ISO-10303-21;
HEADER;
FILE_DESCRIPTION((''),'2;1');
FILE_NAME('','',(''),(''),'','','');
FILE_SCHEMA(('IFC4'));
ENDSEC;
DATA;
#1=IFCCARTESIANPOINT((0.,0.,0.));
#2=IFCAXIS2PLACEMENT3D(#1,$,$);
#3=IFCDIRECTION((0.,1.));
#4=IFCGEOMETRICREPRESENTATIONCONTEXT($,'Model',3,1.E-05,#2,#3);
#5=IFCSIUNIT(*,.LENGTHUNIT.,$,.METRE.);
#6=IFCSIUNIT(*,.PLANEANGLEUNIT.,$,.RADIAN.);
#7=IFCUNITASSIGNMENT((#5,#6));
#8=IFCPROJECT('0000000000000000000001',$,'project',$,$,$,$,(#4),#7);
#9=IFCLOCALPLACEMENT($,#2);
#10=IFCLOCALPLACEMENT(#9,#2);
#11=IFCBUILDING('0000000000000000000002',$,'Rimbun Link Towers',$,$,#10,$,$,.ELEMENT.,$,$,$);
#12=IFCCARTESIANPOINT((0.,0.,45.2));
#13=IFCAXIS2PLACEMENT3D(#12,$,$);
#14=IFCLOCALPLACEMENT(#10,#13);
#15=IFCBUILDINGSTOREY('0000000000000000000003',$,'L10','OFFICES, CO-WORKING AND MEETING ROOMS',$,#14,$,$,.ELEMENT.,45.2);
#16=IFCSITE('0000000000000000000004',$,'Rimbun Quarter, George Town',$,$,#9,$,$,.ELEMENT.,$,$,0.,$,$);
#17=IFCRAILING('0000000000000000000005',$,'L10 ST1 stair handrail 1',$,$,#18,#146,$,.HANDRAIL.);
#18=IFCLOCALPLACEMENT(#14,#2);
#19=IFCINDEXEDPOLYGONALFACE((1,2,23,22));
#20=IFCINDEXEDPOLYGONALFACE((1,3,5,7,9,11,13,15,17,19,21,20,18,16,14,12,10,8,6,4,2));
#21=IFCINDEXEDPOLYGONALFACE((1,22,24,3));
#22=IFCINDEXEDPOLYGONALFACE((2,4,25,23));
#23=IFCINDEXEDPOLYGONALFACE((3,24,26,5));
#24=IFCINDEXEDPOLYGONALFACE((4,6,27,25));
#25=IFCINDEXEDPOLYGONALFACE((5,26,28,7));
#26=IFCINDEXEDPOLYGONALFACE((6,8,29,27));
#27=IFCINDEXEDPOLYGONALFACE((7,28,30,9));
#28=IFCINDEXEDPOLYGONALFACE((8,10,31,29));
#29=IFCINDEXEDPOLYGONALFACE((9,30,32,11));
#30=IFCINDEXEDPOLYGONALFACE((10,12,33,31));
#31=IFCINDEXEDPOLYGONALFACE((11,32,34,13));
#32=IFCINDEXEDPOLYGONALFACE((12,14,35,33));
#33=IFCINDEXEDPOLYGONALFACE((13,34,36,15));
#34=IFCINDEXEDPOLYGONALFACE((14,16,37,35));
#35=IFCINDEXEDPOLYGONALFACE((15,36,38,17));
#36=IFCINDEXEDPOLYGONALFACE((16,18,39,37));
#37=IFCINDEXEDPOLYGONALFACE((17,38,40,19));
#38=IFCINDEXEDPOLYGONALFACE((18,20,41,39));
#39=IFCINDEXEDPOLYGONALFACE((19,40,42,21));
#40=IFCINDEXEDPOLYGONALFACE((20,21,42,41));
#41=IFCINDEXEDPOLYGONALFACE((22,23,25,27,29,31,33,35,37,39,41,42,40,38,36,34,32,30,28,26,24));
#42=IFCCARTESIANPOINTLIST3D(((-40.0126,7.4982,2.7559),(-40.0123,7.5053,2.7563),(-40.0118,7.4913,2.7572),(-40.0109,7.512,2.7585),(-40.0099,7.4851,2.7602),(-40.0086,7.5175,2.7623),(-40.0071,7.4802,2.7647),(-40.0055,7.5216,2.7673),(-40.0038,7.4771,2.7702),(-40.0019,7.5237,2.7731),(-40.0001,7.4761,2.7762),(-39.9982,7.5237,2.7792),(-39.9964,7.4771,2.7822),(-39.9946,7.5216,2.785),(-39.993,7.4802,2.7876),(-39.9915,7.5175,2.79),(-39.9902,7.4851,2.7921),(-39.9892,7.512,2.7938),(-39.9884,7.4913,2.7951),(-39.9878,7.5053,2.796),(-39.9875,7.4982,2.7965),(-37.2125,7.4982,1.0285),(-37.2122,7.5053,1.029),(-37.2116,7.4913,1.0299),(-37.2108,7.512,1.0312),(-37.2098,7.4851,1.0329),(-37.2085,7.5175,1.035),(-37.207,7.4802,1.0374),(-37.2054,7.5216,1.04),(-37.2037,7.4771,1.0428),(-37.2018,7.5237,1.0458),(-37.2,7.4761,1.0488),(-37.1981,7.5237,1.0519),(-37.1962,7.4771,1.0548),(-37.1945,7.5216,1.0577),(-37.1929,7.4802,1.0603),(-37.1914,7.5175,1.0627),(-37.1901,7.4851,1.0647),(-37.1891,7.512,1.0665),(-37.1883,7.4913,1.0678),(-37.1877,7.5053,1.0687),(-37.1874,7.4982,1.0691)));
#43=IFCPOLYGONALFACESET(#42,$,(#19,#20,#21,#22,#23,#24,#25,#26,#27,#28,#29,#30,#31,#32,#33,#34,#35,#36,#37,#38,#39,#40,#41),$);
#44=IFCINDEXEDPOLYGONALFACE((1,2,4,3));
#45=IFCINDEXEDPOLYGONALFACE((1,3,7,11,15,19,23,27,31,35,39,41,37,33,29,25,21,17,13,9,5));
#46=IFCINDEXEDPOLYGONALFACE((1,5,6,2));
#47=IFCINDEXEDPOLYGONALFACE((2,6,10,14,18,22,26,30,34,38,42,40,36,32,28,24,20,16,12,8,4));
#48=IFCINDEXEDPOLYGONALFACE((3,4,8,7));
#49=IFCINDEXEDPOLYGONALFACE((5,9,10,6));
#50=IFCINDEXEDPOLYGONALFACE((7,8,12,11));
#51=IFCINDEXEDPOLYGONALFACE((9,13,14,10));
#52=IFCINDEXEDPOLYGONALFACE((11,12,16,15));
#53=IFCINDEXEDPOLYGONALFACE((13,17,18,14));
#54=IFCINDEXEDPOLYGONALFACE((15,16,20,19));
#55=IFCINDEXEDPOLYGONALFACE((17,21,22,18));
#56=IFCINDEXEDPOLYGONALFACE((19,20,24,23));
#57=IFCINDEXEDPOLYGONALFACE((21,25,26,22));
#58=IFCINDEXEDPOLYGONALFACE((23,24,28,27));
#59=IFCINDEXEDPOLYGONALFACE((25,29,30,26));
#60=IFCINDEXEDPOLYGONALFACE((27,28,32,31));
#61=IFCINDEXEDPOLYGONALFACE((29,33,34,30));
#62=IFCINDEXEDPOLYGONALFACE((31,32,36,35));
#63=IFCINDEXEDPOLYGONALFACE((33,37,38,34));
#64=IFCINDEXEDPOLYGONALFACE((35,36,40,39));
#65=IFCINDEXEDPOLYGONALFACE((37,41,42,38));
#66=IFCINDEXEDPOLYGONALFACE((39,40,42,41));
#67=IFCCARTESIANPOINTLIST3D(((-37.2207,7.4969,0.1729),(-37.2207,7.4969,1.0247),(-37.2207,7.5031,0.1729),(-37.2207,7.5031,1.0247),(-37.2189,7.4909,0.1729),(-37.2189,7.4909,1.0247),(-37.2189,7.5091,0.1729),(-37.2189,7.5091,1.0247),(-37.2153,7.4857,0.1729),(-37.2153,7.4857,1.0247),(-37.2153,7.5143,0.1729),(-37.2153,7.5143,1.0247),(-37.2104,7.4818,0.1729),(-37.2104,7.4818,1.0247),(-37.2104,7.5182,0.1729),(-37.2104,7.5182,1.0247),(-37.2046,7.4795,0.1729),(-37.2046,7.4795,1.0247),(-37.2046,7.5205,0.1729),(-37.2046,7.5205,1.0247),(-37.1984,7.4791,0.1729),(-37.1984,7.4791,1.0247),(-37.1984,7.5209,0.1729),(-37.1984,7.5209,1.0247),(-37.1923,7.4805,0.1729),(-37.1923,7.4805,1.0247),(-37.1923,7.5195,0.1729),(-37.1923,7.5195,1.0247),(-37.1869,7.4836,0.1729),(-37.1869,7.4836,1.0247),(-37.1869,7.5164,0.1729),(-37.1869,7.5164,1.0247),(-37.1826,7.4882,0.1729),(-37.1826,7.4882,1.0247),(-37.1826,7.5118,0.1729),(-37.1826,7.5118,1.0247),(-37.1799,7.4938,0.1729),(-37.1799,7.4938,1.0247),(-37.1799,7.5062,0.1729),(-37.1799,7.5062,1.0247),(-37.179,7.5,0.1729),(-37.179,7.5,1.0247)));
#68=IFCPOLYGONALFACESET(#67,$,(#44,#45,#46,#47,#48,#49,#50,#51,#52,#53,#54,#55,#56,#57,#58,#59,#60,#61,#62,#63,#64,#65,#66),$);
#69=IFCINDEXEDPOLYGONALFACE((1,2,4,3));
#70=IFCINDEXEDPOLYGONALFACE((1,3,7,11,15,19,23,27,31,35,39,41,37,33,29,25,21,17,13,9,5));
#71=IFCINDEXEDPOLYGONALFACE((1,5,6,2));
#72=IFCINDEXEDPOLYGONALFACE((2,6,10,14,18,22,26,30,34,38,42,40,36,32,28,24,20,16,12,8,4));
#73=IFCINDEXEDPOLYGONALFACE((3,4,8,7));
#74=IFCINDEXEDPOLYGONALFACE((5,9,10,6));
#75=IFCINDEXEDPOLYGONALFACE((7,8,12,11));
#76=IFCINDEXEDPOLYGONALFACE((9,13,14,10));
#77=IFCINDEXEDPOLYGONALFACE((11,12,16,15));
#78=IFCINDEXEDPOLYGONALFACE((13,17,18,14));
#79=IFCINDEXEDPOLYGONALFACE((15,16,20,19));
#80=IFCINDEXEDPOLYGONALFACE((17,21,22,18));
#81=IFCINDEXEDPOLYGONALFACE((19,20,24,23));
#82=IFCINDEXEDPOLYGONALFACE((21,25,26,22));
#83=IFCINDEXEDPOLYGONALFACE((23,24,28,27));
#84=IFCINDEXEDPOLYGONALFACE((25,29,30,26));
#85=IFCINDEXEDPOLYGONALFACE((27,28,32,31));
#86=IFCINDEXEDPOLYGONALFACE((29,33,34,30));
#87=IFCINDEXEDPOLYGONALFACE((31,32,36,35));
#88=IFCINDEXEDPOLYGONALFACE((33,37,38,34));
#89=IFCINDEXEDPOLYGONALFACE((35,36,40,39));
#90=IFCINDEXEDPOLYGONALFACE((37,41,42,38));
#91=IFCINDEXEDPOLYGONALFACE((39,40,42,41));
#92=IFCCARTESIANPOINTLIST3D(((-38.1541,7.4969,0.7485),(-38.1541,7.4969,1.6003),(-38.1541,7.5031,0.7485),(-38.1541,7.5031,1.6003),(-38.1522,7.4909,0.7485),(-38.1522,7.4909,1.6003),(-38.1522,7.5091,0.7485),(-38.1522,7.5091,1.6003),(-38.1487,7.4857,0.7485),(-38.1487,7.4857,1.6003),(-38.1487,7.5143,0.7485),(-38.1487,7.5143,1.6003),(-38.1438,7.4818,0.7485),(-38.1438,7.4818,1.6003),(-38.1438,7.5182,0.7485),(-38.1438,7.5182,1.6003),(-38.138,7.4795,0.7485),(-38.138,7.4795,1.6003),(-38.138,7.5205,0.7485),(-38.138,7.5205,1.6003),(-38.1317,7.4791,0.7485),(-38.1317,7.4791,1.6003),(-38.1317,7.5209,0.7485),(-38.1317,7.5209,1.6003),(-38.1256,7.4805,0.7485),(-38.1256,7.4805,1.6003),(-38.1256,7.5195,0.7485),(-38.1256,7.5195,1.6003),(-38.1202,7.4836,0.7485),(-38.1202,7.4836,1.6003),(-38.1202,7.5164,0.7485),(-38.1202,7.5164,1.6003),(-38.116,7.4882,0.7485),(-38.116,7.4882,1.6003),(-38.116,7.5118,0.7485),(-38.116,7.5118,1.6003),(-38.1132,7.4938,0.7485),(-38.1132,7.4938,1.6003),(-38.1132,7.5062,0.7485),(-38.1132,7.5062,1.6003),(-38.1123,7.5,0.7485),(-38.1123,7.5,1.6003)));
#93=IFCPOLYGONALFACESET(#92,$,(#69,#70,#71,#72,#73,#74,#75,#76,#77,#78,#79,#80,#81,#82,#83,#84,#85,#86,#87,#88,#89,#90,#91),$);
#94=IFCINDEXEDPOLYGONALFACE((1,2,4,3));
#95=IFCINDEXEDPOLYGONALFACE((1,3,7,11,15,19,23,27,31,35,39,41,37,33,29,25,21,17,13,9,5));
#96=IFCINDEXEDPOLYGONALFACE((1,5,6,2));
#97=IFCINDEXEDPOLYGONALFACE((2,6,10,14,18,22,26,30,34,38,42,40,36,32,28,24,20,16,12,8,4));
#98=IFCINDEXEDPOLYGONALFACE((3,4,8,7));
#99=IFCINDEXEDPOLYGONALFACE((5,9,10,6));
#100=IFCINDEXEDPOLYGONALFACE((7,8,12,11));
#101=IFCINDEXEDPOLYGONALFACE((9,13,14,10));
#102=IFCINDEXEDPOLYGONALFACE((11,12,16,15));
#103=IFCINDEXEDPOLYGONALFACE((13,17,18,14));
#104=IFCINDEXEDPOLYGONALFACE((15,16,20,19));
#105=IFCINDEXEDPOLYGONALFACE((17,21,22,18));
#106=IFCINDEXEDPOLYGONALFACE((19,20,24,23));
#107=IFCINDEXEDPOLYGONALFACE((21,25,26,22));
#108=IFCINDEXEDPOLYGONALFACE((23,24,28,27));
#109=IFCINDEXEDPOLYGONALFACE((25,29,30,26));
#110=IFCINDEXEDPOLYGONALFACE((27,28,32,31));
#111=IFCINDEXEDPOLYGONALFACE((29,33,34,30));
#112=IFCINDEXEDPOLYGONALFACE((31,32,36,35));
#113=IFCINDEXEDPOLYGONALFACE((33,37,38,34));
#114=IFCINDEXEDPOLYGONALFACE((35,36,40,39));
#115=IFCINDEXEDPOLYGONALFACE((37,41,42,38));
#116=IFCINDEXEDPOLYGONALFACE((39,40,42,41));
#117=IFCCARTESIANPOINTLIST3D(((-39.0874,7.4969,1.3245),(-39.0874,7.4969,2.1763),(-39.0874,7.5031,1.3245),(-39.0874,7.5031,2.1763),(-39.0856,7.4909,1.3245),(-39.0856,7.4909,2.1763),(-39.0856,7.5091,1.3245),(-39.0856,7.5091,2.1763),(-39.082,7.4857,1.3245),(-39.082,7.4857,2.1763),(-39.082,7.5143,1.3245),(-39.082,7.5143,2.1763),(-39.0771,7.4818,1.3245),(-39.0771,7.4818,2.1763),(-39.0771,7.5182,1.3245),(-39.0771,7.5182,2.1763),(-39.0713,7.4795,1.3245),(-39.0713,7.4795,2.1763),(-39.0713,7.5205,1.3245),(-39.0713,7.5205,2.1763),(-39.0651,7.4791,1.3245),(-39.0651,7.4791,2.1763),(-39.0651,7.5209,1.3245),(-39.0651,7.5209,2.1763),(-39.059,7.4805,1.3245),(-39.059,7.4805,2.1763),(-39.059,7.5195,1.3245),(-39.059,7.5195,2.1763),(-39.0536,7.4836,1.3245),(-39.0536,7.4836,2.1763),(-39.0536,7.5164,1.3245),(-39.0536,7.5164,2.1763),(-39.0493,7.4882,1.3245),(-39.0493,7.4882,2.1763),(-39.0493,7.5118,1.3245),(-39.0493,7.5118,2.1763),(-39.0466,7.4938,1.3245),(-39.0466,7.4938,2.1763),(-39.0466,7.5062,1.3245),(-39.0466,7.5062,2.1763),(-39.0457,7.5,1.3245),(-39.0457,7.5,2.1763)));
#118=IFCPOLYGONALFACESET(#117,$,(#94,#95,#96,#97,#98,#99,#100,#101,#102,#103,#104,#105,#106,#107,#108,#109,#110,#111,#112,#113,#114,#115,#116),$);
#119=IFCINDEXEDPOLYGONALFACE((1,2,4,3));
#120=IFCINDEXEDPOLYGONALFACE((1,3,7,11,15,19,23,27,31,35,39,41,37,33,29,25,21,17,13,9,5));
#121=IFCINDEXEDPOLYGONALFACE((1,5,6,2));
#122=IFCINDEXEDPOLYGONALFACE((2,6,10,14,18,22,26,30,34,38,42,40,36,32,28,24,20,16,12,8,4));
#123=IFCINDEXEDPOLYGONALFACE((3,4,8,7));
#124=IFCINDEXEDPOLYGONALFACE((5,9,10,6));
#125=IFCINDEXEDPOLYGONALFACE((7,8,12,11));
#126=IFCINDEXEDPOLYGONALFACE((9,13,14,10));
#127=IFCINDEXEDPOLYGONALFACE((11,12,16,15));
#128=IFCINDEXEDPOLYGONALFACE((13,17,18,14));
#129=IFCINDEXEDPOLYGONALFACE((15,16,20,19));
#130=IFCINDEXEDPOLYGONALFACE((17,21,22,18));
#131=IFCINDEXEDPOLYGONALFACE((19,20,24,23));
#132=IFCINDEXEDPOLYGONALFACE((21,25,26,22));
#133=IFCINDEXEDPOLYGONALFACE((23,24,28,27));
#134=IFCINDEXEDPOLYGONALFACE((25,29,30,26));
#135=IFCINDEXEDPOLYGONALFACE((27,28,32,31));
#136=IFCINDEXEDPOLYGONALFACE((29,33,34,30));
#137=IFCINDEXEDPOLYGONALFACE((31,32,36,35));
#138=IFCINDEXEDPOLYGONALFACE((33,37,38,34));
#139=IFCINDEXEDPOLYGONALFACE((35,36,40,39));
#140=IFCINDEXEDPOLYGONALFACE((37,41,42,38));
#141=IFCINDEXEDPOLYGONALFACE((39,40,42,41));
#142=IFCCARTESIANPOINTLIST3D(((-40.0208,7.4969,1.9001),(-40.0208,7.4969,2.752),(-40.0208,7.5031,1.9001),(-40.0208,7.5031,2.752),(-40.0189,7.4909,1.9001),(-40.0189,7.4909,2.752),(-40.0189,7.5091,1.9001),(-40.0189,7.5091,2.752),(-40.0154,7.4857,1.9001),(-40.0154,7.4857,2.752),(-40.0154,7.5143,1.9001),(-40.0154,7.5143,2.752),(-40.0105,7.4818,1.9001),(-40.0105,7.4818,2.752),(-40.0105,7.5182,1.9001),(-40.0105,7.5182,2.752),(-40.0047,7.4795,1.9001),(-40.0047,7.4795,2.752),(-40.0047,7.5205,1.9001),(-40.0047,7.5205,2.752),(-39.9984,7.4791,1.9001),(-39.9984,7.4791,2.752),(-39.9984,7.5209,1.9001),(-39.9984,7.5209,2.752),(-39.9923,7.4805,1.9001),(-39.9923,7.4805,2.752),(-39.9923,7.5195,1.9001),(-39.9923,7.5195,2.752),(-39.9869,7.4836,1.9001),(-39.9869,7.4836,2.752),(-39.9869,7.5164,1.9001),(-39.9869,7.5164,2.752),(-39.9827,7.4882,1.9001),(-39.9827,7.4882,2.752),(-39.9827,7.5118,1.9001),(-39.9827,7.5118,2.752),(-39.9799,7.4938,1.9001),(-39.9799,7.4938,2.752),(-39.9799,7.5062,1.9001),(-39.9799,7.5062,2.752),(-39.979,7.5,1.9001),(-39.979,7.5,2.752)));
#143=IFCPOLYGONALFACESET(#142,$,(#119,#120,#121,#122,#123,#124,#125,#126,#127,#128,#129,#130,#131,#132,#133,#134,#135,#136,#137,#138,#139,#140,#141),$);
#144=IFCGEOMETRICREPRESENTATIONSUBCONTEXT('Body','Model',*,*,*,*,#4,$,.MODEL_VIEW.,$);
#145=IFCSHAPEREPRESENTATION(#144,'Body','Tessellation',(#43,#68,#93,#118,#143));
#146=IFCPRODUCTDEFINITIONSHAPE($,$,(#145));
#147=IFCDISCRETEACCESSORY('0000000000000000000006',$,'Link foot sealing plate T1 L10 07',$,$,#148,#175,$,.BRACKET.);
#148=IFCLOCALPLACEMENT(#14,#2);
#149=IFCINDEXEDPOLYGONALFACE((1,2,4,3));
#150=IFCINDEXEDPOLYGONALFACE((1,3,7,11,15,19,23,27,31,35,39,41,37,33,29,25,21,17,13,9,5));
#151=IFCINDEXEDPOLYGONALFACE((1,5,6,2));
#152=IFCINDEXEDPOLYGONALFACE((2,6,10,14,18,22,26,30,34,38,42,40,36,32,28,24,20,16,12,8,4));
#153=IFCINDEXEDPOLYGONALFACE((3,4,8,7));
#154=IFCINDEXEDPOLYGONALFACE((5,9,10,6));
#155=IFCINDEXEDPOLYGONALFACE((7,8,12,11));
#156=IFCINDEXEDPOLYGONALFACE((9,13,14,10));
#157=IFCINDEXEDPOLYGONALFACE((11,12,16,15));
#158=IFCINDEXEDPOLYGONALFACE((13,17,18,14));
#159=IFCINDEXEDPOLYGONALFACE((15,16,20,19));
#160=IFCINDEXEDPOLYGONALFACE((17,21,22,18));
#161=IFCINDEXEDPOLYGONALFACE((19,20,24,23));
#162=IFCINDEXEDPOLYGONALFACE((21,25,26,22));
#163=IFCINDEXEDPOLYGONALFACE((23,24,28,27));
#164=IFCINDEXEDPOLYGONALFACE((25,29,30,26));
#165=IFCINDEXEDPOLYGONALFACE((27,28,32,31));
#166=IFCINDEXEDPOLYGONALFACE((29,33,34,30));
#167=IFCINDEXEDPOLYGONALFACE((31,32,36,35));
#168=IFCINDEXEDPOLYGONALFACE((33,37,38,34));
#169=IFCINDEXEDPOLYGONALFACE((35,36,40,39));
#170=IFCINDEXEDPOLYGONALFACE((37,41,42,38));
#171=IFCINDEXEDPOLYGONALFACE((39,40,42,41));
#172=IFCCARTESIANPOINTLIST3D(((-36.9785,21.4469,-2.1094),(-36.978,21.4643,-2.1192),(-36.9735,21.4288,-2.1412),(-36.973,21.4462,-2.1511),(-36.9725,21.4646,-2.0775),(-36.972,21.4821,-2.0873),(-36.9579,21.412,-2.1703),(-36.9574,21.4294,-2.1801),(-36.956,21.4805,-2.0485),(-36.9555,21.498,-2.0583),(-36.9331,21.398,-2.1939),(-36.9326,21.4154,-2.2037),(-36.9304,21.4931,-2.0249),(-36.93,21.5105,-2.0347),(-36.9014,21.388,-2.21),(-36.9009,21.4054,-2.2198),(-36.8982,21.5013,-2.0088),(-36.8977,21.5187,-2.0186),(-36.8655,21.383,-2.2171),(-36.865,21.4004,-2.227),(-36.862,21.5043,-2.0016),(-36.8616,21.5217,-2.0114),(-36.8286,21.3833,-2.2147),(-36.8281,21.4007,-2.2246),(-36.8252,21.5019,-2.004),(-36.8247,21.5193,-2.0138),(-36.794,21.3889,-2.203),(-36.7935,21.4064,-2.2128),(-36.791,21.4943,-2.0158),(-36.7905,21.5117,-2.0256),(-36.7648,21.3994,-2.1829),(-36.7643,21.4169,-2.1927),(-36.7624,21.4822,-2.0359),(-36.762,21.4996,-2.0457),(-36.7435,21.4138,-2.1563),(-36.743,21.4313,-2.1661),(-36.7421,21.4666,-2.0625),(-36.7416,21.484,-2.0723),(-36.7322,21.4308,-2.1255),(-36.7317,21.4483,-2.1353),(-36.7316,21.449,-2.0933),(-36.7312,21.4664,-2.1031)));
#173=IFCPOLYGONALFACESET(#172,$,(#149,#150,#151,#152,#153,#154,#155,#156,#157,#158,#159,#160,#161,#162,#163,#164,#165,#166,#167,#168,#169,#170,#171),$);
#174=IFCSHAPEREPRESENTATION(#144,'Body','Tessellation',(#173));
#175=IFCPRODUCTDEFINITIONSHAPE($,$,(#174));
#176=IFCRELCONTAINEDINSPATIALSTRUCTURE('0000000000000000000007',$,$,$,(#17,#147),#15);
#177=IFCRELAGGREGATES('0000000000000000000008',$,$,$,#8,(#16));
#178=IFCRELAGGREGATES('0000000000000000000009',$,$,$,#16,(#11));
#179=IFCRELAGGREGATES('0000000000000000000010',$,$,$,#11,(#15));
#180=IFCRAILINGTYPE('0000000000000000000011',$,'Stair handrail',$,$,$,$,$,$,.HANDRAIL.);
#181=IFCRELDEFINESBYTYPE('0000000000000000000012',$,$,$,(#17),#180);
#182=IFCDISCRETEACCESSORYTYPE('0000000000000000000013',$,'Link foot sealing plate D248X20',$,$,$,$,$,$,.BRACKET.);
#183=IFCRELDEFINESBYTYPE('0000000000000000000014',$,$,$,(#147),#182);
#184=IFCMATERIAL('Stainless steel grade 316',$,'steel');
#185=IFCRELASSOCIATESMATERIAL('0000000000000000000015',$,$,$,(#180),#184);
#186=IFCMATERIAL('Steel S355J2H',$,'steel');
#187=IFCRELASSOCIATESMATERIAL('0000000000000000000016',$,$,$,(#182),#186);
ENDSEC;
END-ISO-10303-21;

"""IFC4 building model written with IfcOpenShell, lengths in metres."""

from ifc_helpers import new_model, si_unit, direction, frame, origin, origin_2d, place, context, subcontext, project, spatial, circle, extrude, material, material_profile, profile_set, type_object, element, save


model = new_model("IFC4")

# Units and contexts
model_context = context("Model", 3, precision=1e-05, world=origin(), true_north=direction((0.0, 1.0)))
body_context = subcontext(model_context, "Body", "Model", "MODEL_VIEW")
ifc_project = project(units=[si_unit("LENGTHUNIT", "METRE"), si_unit("PLANEANGLEUNIT", "RADIAN")], contexts=[model_context])

# Site, building, storey
site_placement = place(None, origin())
site = spatial("IfcSite", under=ifc_project, at=site_placement, Name="Rimbun Quarter, George Town", CompositionType="ELEMENT", RefElevation=0.0)
building_placement = place(site_placement, origin())
building = spatial("IfcBuilding", under=site, at=building_placement, Name="Rimbun Link Towers", CompositionType="ELEMENT")
storey_placement = place(building_placement, frame((0.0, 0.0, 45.2)))
storey = spatial("IfcBuildingStorey", under=building, at=storey_placement, Name="L10", Description="OFFICES, CO-WORKING AND MEETING ROOMS", CompositionType="ELEMENT", Elevation=45.2)

# Railing
ifc_material_1 = material(Name="Stainless steel grade 316", Category="steel")
railing_type_1 = type_object("IfcRailingType", Name="Stair handrail", PredefinedType="HANDRAIL", material=ifc_material_1)
railing_1_placement = place(storey_placement, frame((-37.2, 7.5, 0.1729)))
element("IfcRailing", 1, at=railing_1_placement, inside=storey, type_object=railing_type_1, Name="L10 ST1 stair handrail 1", PredefinedType="HANDRAIL", context=body_context, shape_type="SweptSolid", body=[
    extrude(circle(Radius=0.0239, at=origin_2d()), frame((0.0, 0.0, 0.876), z_axis=(-0.85109, 0.0, 0.52502), x_axis=(0.0, -1.0, 0.0)), (0.0, 0.0, 1.0), 3.29),
    extrude(circle(Radius=0.021, at=origin_2d()), origin(), (0.0, 0.0, 1.0), 0.8518),
    extrude(circle(Radius=0.021, at=origin_2d()), frame((-0.9333, 0.0, 0.5757)), (0.0, 0.0, 1.0), 0.8518),
    extrude(circle(Radius=0.021, at=origin_2d()), frame((-1.8667, 0.0, 1.1516)), (0.0, 0.0, 1.0), 0.8518),
    extrude(circle(Radius=0.021, at=origin_2d()), frame((-2.8, 0.0, 1.7273)), (0.0, 0.0, 1.0), 0.8518),
])

# Discrete accessory
ifc_material_2 = material(Name="Steel S355J2H", Category="steel")
ifc_material_profile_1 = material_profile(ifc_material_2, circle(Radius=0.124, at=origin_2d()), Name="PL D248")
ifc_profile_set_1 = profile_set([ifc_material_profile_1], Name="Steel S355J2H")
discrete_accessory_type = type_object("IfcDiscreteAccessoryType", Name="Link foot sealing plate D248X20", PredefinedType="BRACKET", material=ifc_profile_set_1)
discrete_accessory_placement = place(storey_placement, frame((-36.8545, 21.4434, -2.1094), z_axis=(0.024535, 0.870985, -0.490696), x_axis=(-0.999603, 0.028158, 0.0)))
element("IfcDiscreteAccessory", 2, at=discrete_accessory_placement, inside=storey, type_object=discrete_accessory_type, Name="Link foot sealing plate T1 L10 07", PredefinedType="BRACKET", context=body_context, shape_type="SweptSolid", body=[
    extrude(circle(Radius=0.124, at=origin_2d()), origin(), (0.0, 0.0, 1.0), 0.02),
])

save(model, "model.ifc")
